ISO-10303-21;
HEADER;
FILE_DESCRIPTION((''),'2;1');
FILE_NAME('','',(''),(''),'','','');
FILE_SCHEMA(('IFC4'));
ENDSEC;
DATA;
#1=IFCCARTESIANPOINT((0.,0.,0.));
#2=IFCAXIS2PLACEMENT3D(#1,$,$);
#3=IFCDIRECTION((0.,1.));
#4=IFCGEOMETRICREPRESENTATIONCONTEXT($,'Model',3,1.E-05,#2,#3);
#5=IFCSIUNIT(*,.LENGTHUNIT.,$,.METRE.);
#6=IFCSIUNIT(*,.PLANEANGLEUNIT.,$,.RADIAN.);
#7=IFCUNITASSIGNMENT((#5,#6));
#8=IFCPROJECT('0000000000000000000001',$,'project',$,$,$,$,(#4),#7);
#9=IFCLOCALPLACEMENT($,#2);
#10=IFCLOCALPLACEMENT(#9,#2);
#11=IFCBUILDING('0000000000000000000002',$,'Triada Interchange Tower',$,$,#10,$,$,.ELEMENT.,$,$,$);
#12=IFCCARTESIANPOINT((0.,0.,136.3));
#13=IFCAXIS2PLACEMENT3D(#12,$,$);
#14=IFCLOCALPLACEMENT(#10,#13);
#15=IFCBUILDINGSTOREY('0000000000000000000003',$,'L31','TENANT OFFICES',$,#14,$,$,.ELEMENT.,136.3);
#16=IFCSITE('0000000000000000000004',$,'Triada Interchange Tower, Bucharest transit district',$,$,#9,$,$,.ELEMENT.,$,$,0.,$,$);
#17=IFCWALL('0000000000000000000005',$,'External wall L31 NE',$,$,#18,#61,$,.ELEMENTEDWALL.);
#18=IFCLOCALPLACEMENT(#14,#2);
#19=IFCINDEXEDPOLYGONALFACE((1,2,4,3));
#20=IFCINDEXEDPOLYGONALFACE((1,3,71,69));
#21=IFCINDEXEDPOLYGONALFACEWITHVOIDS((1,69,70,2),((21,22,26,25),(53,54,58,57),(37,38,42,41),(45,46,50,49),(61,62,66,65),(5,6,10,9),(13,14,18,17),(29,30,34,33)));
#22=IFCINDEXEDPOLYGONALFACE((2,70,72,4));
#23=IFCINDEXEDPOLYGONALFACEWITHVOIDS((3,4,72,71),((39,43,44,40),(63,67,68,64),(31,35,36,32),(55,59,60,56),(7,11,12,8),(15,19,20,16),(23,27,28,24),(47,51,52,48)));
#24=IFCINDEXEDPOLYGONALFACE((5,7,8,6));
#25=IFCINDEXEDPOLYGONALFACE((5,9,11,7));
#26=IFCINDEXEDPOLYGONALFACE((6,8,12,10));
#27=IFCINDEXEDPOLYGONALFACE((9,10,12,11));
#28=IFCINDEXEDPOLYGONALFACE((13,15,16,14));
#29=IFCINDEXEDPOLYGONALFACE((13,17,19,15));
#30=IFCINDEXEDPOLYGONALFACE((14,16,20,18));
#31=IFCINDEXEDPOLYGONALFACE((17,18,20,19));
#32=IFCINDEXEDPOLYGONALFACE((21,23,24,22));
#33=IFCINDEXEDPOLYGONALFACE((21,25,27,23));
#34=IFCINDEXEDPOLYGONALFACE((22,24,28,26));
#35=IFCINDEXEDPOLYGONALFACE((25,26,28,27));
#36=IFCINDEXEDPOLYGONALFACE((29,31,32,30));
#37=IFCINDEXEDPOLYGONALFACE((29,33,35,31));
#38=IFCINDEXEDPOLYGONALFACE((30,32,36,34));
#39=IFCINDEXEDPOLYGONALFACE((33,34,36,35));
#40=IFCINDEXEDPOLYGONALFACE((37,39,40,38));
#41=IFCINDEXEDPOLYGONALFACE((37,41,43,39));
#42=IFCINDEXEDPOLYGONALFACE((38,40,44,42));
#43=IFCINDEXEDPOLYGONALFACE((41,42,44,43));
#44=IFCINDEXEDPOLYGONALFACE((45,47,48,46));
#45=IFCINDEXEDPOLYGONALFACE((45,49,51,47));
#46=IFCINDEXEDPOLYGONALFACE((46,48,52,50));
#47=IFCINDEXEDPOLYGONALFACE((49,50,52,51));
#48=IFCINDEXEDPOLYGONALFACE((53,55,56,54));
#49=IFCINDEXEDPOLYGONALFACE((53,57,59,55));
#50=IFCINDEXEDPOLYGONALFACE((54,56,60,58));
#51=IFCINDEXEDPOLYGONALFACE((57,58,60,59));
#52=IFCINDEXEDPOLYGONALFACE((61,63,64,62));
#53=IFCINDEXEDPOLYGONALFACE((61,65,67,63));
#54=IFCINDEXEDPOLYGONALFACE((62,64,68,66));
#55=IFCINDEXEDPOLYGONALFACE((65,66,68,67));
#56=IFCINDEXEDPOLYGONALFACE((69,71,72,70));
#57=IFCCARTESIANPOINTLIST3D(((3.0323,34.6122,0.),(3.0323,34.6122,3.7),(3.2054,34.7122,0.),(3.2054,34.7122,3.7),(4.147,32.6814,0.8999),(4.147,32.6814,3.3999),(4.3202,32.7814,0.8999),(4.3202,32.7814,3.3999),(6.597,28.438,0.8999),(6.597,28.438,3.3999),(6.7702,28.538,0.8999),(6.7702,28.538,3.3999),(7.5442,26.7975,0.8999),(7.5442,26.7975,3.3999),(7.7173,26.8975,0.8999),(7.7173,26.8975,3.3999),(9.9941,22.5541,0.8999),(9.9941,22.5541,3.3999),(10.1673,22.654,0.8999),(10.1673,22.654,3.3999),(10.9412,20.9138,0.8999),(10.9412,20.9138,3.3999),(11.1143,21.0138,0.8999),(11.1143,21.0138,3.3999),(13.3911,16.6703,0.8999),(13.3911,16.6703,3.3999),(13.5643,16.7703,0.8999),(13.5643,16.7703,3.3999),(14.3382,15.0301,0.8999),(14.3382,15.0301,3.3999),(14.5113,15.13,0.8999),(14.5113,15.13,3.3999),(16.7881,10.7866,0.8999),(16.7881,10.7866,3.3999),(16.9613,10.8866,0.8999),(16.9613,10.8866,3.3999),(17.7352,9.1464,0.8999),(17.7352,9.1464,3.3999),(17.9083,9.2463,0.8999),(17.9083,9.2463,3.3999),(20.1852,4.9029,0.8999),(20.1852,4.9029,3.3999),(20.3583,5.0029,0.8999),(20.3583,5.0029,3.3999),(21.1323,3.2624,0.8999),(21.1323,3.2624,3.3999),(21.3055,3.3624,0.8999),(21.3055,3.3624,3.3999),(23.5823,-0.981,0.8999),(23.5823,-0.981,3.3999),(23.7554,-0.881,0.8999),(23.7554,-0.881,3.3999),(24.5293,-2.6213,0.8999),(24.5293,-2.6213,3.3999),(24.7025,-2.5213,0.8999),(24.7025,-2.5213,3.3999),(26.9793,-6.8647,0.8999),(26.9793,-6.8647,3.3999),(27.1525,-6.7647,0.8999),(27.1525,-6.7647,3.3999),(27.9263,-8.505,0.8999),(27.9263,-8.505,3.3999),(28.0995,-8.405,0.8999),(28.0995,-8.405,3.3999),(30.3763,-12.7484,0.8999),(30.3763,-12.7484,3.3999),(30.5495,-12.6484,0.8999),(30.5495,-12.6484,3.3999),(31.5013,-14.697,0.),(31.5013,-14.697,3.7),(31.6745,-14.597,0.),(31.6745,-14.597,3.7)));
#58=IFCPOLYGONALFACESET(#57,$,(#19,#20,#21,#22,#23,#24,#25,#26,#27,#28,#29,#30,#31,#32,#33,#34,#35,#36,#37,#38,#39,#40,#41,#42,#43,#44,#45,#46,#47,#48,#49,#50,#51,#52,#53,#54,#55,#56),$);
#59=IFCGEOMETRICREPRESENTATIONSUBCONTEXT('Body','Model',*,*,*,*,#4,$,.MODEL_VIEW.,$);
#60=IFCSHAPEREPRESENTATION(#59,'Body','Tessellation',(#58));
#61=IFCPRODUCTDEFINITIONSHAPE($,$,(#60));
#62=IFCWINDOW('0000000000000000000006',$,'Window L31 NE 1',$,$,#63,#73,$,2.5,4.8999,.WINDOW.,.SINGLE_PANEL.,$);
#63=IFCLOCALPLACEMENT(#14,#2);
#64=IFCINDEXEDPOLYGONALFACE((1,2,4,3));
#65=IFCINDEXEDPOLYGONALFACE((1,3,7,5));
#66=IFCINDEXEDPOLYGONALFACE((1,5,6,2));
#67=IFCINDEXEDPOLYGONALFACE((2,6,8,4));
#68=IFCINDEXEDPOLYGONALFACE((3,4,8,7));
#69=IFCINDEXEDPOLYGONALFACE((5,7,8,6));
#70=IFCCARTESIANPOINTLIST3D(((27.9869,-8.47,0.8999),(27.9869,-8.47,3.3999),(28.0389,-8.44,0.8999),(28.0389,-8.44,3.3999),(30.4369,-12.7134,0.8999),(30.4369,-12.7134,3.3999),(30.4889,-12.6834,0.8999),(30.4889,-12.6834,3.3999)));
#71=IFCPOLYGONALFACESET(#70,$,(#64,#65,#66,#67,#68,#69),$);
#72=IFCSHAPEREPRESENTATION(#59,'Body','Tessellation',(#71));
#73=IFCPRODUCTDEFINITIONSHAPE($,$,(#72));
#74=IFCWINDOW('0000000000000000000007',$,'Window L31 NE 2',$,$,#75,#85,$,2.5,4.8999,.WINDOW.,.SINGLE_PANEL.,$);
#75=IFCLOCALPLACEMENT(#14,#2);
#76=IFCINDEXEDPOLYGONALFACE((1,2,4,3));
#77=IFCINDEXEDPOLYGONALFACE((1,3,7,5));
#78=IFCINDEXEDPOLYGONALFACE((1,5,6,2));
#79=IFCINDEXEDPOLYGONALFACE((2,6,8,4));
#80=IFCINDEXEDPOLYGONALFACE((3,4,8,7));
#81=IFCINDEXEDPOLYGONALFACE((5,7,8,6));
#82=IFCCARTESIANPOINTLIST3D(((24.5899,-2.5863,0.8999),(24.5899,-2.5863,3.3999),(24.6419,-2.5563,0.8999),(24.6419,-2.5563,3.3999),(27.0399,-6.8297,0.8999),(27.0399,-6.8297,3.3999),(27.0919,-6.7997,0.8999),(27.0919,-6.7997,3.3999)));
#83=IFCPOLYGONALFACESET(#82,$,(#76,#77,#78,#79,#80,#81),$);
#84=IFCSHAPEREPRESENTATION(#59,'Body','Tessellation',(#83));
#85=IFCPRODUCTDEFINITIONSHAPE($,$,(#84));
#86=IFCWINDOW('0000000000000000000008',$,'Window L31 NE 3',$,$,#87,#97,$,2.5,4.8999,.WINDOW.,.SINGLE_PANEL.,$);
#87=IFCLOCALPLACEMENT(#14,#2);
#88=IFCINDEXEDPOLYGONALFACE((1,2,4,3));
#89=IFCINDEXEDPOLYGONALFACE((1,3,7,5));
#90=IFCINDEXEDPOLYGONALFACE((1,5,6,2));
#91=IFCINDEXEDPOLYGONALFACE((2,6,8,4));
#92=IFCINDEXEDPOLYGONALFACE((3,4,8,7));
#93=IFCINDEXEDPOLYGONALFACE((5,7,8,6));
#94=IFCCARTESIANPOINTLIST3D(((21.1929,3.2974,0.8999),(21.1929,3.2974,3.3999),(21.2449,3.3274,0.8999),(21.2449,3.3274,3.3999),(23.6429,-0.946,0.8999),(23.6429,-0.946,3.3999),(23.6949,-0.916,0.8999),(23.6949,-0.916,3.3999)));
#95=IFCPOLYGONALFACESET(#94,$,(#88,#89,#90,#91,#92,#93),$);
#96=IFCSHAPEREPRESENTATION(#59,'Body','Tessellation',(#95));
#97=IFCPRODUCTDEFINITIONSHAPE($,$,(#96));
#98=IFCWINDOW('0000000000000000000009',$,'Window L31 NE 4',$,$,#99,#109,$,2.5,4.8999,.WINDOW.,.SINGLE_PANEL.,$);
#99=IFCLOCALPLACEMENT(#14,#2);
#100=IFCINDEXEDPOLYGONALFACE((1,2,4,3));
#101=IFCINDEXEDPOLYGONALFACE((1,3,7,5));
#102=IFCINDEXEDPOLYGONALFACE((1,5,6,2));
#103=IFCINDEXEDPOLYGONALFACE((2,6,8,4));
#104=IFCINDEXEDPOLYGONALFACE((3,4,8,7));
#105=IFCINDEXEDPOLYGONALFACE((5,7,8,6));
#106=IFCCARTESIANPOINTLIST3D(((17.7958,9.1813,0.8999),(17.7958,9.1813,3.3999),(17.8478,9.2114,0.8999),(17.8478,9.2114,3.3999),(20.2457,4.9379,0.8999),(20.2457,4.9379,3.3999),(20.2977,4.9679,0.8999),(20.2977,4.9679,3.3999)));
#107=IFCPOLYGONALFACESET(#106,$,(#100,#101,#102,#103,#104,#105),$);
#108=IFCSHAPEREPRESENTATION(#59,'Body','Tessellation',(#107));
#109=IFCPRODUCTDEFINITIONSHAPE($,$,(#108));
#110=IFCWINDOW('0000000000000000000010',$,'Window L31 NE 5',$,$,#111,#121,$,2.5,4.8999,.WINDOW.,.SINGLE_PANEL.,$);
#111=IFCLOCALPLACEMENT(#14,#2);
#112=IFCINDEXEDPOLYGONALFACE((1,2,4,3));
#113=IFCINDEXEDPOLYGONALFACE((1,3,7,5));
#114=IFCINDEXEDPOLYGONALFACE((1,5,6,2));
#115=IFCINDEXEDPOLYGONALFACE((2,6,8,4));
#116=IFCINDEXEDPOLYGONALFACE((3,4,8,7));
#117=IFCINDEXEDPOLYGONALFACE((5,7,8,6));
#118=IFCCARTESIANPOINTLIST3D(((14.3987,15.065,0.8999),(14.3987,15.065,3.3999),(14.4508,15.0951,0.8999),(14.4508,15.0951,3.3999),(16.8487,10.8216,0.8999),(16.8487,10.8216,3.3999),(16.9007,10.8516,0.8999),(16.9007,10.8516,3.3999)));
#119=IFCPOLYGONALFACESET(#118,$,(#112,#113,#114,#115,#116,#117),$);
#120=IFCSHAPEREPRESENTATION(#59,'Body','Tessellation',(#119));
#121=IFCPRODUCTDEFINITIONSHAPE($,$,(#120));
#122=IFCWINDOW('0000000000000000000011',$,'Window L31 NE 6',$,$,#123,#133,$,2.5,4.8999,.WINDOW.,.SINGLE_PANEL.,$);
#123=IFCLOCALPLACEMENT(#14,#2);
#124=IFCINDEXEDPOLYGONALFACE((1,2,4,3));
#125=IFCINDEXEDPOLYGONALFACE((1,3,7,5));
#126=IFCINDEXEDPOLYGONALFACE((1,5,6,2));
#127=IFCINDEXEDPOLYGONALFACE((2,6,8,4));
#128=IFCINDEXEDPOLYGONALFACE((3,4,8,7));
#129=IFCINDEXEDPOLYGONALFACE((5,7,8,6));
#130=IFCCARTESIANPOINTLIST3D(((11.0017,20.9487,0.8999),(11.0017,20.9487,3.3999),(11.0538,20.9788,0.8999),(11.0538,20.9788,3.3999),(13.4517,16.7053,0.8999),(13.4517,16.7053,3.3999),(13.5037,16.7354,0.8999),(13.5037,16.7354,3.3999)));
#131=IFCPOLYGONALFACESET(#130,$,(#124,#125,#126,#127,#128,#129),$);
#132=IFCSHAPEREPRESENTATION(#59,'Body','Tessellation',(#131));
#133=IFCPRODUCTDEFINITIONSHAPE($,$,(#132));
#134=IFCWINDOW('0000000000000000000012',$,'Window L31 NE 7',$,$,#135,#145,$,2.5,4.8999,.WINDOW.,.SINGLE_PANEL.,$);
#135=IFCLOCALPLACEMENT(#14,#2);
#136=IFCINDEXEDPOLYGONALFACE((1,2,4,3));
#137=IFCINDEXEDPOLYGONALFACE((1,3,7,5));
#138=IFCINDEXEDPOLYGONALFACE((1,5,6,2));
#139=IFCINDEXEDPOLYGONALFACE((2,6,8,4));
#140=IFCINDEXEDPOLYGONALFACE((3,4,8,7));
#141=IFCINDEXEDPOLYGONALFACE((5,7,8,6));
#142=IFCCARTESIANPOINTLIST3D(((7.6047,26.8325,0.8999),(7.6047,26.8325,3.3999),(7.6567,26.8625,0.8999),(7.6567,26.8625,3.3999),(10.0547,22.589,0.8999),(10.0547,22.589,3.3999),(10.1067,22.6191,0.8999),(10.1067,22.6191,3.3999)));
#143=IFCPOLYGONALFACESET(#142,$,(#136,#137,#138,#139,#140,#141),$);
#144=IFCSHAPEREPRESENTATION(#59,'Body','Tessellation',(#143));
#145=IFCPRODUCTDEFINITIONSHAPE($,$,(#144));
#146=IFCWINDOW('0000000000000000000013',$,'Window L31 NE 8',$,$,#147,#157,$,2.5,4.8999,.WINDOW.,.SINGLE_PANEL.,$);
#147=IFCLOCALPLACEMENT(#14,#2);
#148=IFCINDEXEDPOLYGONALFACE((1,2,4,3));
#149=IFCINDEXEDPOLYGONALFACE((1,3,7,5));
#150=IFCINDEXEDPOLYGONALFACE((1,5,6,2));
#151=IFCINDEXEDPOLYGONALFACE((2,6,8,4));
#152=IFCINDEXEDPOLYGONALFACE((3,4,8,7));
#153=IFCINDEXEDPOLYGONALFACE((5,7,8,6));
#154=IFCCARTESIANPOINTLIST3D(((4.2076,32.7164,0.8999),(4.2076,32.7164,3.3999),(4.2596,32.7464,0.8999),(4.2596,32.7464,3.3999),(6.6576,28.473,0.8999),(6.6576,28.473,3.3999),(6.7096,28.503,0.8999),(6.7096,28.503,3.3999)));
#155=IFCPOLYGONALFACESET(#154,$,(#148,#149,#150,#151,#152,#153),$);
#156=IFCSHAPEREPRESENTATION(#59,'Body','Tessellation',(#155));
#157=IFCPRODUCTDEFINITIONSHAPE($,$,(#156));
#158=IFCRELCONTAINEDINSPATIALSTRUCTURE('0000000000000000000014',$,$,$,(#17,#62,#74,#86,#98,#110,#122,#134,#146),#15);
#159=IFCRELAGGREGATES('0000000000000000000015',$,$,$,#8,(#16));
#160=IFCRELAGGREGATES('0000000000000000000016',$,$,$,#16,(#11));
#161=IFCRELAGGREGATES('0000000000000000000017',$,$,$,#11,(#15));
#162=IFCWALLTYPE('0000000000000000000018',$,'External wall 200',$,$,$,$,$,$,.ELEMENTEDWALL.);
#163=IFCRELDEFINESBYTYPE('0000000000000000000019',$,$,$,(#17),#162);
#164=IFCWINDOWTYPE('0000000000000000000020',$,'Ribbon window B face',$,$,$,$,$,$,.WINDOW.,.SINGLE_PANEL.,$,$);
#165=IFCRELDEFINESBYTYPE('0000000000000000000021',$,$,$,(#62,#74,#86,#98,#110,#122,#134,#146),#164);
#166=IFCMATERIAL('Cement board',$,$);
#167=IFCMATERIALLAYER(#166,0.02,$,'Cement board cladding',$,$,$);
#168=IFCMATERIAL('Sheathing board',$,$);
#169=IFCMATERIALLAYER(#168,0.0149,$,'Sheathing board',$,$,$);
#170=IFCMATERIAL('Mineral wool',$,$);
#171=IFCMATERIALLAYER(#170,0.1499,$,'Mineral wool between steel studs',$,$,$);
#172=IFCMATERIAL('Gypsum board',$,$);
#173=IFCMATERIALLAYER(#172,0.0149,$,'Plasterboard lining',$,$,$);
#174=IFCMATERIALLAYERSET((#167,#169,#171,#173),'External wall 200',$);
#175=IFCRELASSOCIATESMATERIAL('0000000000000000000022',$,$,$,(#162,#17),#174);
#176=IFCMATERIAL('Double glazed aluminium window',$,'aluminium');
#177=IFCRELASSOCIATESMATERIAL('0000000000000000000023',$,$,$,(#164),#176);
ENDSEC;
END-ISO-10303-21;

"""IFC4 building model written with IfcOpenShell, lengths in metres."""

from ifc_helpers import new_model, si_unit, direction, frame, frame_2d, origin, place, context, subcontext, project, spatial, rectangle, extrude, material, layer, layer_set, layer_usage, type_object, element, fill, save


model = new_model("IFC4")

# Units and contexts
model_context = context("Model", 3, precision=1e-05, world=origin(), true_north=direction((0.0, 1.0)))
body_context = subcontext(model_context, "Body", "Model", "MODEL_VIEW")
ifc_project = project(units=[si_unit("LENGTHUNIT", "METRE"), si_unit("PLANEANGLEUNIT", "RADIAN")], contexts=[model_context])

# Site, building, storey
site_placement = place(None, origin())
site = spatial("IfcSite", under=ifc_project, at=site_placement, Name="Triada Interchange Tower, Bucharest transit district", CompositionType="ELEMENT", RefElevation=0.0)
building_placement = place(site_placement, origin())
building = spatial("IfcBuilding", under=site, at=building_placement, Name="Triada Interchange Tower", CompositionType="ELEMENT")
storey_placement = place(building_placement, frame((0.0, 0.0, 136.3)))
storey = spatial("IfcBuildingStorey", under=building, at=storey_placement, Name="L31", Description="TENANT OFFICES", CompositionType="ELEMENT", Elevation=136.3)

# Shared definitions
ifc_material_1 = material(Name="Cement board")
ifc_layer_1 = layer(ifc_material_1, 0.02, Name="Cement board cladding")
ifc_material_2 = material(Name="Sheathing board")
ifc_layer_2 = layer(ifc_material_2, 0.0149, Name="Sheathing board")
ifc_material_3 = material(Name="Mineral wool")
ifc_layer_3 = layer(ifc_material_3, 0.1499, Name="Mineral wool between steel studs")
ifc_material_4 = material(Name="Gypsum board")
ifc_layer_4 = layer(ifc_material_4, 0.0149, Name="Plasterboard lining")
ifc_layer_set_1 = layer_set([ifc_layer_1, ifc_layer_2, ifc_layer_3, ifc_layer_4], Name="External wall 200")
ifc_layer_usage = layer_usage(ifc_layer_set_1, "AXIS2", "POSITIVE", -0.1001)
wall_type = type_object("IfcWallType", Name="External wall 200", PredefinedType="ELEMENTEDWALL", material=ifc_layer_set_1)
ifc_material_5 = material(Name="Double glazed aluminium window", Category="aluminium")

# Wall, openings, windows
wall_1_placement = place(storey_placement, frame((31.5879, -14.647, 0.0), z_axis=(0.0, 0.0, 1.0), x_axis=(-0.500005, 0.866022, 0.0)))
wall_1 = element("IfcWall", 1, at=wall_1_placement, inside=storey, type_object=wall_type, material=ifc_layer_usage, Name="External wall L31 NE", PredefinedType="ELEMENTEDWALL", context=body_context, shape_type="SweptSolid", body=[
    extrude(rectangle(XDim=56.9375, YDim=0.2, at=frame_2d((28.4688, 0.0))), origin(), (0.0, 0.0, 1.0), 3.7),
])
opening_1_placement = place(wall_1_placement, frame((2.25, 0.0, 0.8999)))
opening_1 = element("IfcOpeningElement", 2, at=opening_1_placement, cuts=wall_1, PredefinedType="OPENING", context=body_context, shape_type="SweptSolid", body=[
    extrude(rectangle(XDim=4.8999, YDim=2.5, at=frame_2d((2.45, 1.25))), frame((0.0, 0.1099, 0.0), z_axis=(0.0, -1.0, 0.0), x_axis=(1.0, 0.0, 0.0)), (0.0, 0.0, 1.0), 0.22),
])
opening_2_placement = place(wall_1_placement, frame((9.0439, 0.0, 0.8999)))
opening_2 = element("IfcOpeningElement", 3, at=opening_2_placement, cuts=wall_1, PredefinedType="OPENING", context=body_context, shape_type="SweptSolid", body=[
    extrude(rectangle(XDim=4.8999, YDim=2.5, at=frame_2d((2.45, 1.25))), frame((0.0, 0.1099, 0.0), z_axis=(0.0, -1.0, 0.0), x_axis=(1.0, 0.0, 0.0)), (0.0, 0.0, 1.0), 0.22),
])
opening_3_placement = place(wall_1_placement, frame((15.8379, 0.0, 0.8999)))
opening_3 = element("IfcOpeningElement", 4, at=opening_3_placement, cuts=wall_1, PredefinedType="OPENING", context=body_context, shape_type="SweptSolid", body=[
    extrude(rectangle(XDim=4.8999, YDim=2.5, at=frame_2d((2.45, 1.25))), frame((0.0, 0.1099, 0.0), z_axis=(0.0, -1.0, 0.0), x_axis=(1.0, 0.0, 0.0)), (0.0, 0.0, 1.0), 0.22),
])
opening_4_placement = place(wall_1_placement, frame((22.6321, 0.0, 0.8999)))
opening_4 = element("IfcOpeningElement", 5, at=opening_4_placement, cuts=wall_1, PredefinedType="OPENING", context=body_context, shape_type="SweptSolid", body=[
    extrude(rectangle(XDim=4.8999, YDim=2.5, at=frame_2d((2.45, 1.25))), frame((0.0, 0.1099, 0.0), z_axis=(0.0, -1.0, 0.0), x_axis=(1.0, 0.0, 0.0)), (0.0, 0.0, 1.0), 0.22),
])
opening_5_placement = place(wall_1_placement, frame((29.426, 0.0, 0.8999)))
opening_5 = element("IfcOpeningElement", 6, at=opening_5_placement, cuts=wall_1, PredefinedType="OPENING", context=body_context, shape_type="SweptSolid", body=[
    extrude(rectangle(XDim=4.8999, YDim=2.5, at=frame_2d((2.45, 1.25))), frame((0.0, 0.1099, 0.0), z_axis=(0.0, -1.0, 0.0), x_axis=(1.0, 0.0, 0.0)), (0.0, 0.0, 1.0), 0.22),
])
opening_6_placement = place(wall_1_placement, frame((36.22, 0.0, 0.8999)))
opening_6 = element("IfcOpeningElement", 7, at=opening_6_placement, cuts=wall_1, PredefinedType="OPENING", context=body_context, shape_type="SweptSolid", body=[
    extrude(rectangle(XDim=4.8999, YDim=2.5, at=frame_2d((2.45, 1.25))), frame((0.0, 0.1099, 0.0), z_axis=(0.0, -1.0, 0.0), x_axis=(1.0, 0.0, 0.0)), (0.0, 0.0, 1.0), 0.22),
])
opening_7_placement = place(wall_1_placement, frame((43.0139, 0.0, 0.8999)))
opening_7 = element("IfcOpeningElement", 8, at=opening_7_placement, cuts=wall_1, PredefinedType="OPENING", context=body_context, shape_type="SweptSolid", body=[
    extrude(rectangle(XDim=4.8999, YDim=2.5, at=frame_2d((2.45, 1.25))), frame((0.0, 0.1099, 0.0), z_axis=(0.0, -1.0, 0.0), x_axis=(1.0, 0.0, 0.0)), (0.0, 0.0, 1.0), 0.22),
])
opening_8_placement = place(wall_1_placement, frame((49.8081, 0.0, 0.8999)))
opening_8 = element("IfcOpeningElement", 9, at=opening_8_placement, cuts=wall_1, PredefinedType="OPENING", context=body_context, shape_type="SweptSolid", body=[
    extrude(rectangle(XDim=4.8999, YDim=2.5, at=frame_2d((2.45, 1.25))), frame((0.0, 0.1099, 0.0), z_axis=(0.0, -1.0, 0.0), x_axis=(1.0, 0.0, 0.0)), (0.0, 0.0, 1.0), 0.22),
])
window_type_1 = type_object("IfcWindowType", Name="Ribbon window B face", PartitioningType="SINGLE_PANEL", PredefinedType="WINDOW", material=ifc_material_5)
window_1_placement = place(opening_1_placement, origin())
window_1 = element("IfcWindow", 10, at=window_1_placement, inside=storey, type_object=window_type_1, Name="Window L31 NE 1", OverallHeight=2.5, OverallWidth=4.8999, PartitioningType="SINGLE_PANEL", PredefinedType="WINDOW", context=body_context, shape_type="SweptSolid", body=[
    extrude(rectangle(XDim=4.8999, YDim=2.5, at=frame_2d((2.45, 1.25))), frame((0.0, 0.03, 0.0), z_axis=(0.0, -1.0, 0.0), x_axis=(1.0, 0.0, 0.0)), (0.0, 0.0, 1.0), 0.0601),
])
fill(opening_1, window_1)
window_2_placement = place(opening_2_placement, origin())
window_2 = element("IfcWindow", 11, at=window_2_placement, inside=storey, type_object=window_type_1, Name="Window L31 NE 2", OverallHeight=2.5, OverallWidth=4.8999, PartitioningType="SINGLE_PANEL", PredefinedType="WINDOW", context=body_context, shape_type="SweptSolid", body=[
    extrude(rectangle(XDim=4.8999, YDim=2.5, at=frame_2d((2.45, 1.25))), frame((0.0, 0.03, 0.0), z_axis=(0.0, -1.0, 0.0), x_axis=(1.0, 0.0, 0.0)), (0.0, 0.0, 1.0), 0.0601),
])
fill(opening_2, window_2)
window_3_placement = place(opening_3_placement, origin())
window_3 = element("IfcWindow", 12, at=window_3_placement, inside=storey, type_object=window_type_1, Name="Window L31 NE 3", OverallHeight=2.5, OverallWidth=4.8999, PartitioningType="SINGLE_PANEL", PredefinedType="WINDOW", context=body_context, shape_type="SweptSolid", body=[
    extrude(rectangle(XDim=4.8999, YDim=2.5, at=frame_2d((2.45, 1.25))), frame((0.0, 0.03, 0.0), z_axis=(0.0, -1.0, 0.0), x_axis=(1.0, 0.0, 0.0)), (0.0, 0.0, 1.0), 0.0601),
])
fill(opening_3, window_3)
window_4_placement = place(opening_4_placement, origin())
window_4 = element("IfcWindow", 13, at=window_4_placement, inside=storey, type_object=window_type_1, Name="Window L31 NE 4", OverallHeight=2.5, OverallWidth=4.8999, PartitioningType="SINGLE_PANEL", PredefinedType="WINDOW", context=body_context, shape_type="SweptSolid", body=[
    extrude(rectangle(XDim=4.8999, YDim=2.5, at=frame_2d((2.45, 1.25))), frame((0.0, 0.03, 0.0), z_axis=(0.0, -1.0, 0.0), x_axis=(1.0, 0.0, 0.0)), (0.0, 0.0, 1.0), 0.0601),
])
fill(opening_4, window_4)
window_5_placement = place(opening_5_placement, origin())
window_5 = element("IfcWindow", 14, at=window_5_placement, inside=storey, type_object=window_type_1, Name="Window L31 NE 5", OverallHeight=2.5, OverallWidth=4.8999, PartitioningType="SINGLE_PANEL", PredefinedType="WINDOW", context=body_context, shape_type="SweptSolid", body=[
    extrude(rectangle(XDim=4.8999, YDim=2.5, at=frame_2d((2.45, 1.25))), frame((0.0, 0.03, 0.0), z_axis=(0.0, -1.0, 0.0), x_axis=(1.0, 0.0, 0.0)), (0.0, 0.0, 1.0), 0.0601),
])
fill(opening_5, window_5)
window_6_placement = place(opening_6_placement, origin())
window_6 = element("IfcWindow", 15, at=window_6_placement, inside=storey, type_object=window_type_1, Name="Window L31 NE 6", OverallHeight=2.5, OverallWidth=4.8999, PartitioningType="SINGLE_PANEL", PredefinedType="WINDOW", context=body_context, shape_type="SweptSolid", body=[
    extrude(rectangle(XDim=4.8999, YDim=2.5, at=frame_2d((2.45, 1.25))), frame((0.0, 0.03, 0.0), z_axis=(0.0, -1.0, 0.0), x_axis=(1.0, 0.0, 0.0)), (0.0, 0.0, 1.0), 0.0601),
])
fill(opening_6, window_6)
window_7_placement = place(opening_7_placement, origin())
window_7 = element("IfcWindow", 16, at=window_7_placement, inside=storey, type_object=window_type_1, Name="Window L31 NE 7", OverallHeight=2.5, OverallWidth=4.8999, PartitioningType="SINGLE_PANEL", PredefinedType="WINDOW", context=body_context, shape_type="SweptSolid", body=[
    extrude(rectangle(XDim=4.8999, YDim=2.5, at=frame_2d((2.45, 1.25))), frame((0.0, 0.03, 0.0), z_axis=(0.0, -1.0, 0.0), x_axis=(1.0, 0.0, 0.0)), (0.0, 0.0, 1.0), 0.0601),
])
fill(opening_7, window_7)
window_8_placement = place(opening_8_placement, origin())
window_8 = element("IfcWindow", 17, at=window_8_placement, inside=storey, type_object=window_type_1, Name="Window L31 NE 8", OverallHeight=2.5, OverallWidth=4.8999, PartitioningType="SINGLE_PANEL", PredefinedType="WINDOW", context=body_context, shape_type="SweptSolid", body=[
    extrude(rectangle(XDim=4.8999, YDim=2.5, at=frame_2d((2.45, 1.25))), frame((0.0, 0.03, 0.0), z_axis=(0.0, -1.0, 0.0), x_axis=(1.0, 0.0, 0.0)), (0.0, 0.0, 1.0), 0.0601),
])
fill(opening_8, window_8)

save(model, "model.ifc")
